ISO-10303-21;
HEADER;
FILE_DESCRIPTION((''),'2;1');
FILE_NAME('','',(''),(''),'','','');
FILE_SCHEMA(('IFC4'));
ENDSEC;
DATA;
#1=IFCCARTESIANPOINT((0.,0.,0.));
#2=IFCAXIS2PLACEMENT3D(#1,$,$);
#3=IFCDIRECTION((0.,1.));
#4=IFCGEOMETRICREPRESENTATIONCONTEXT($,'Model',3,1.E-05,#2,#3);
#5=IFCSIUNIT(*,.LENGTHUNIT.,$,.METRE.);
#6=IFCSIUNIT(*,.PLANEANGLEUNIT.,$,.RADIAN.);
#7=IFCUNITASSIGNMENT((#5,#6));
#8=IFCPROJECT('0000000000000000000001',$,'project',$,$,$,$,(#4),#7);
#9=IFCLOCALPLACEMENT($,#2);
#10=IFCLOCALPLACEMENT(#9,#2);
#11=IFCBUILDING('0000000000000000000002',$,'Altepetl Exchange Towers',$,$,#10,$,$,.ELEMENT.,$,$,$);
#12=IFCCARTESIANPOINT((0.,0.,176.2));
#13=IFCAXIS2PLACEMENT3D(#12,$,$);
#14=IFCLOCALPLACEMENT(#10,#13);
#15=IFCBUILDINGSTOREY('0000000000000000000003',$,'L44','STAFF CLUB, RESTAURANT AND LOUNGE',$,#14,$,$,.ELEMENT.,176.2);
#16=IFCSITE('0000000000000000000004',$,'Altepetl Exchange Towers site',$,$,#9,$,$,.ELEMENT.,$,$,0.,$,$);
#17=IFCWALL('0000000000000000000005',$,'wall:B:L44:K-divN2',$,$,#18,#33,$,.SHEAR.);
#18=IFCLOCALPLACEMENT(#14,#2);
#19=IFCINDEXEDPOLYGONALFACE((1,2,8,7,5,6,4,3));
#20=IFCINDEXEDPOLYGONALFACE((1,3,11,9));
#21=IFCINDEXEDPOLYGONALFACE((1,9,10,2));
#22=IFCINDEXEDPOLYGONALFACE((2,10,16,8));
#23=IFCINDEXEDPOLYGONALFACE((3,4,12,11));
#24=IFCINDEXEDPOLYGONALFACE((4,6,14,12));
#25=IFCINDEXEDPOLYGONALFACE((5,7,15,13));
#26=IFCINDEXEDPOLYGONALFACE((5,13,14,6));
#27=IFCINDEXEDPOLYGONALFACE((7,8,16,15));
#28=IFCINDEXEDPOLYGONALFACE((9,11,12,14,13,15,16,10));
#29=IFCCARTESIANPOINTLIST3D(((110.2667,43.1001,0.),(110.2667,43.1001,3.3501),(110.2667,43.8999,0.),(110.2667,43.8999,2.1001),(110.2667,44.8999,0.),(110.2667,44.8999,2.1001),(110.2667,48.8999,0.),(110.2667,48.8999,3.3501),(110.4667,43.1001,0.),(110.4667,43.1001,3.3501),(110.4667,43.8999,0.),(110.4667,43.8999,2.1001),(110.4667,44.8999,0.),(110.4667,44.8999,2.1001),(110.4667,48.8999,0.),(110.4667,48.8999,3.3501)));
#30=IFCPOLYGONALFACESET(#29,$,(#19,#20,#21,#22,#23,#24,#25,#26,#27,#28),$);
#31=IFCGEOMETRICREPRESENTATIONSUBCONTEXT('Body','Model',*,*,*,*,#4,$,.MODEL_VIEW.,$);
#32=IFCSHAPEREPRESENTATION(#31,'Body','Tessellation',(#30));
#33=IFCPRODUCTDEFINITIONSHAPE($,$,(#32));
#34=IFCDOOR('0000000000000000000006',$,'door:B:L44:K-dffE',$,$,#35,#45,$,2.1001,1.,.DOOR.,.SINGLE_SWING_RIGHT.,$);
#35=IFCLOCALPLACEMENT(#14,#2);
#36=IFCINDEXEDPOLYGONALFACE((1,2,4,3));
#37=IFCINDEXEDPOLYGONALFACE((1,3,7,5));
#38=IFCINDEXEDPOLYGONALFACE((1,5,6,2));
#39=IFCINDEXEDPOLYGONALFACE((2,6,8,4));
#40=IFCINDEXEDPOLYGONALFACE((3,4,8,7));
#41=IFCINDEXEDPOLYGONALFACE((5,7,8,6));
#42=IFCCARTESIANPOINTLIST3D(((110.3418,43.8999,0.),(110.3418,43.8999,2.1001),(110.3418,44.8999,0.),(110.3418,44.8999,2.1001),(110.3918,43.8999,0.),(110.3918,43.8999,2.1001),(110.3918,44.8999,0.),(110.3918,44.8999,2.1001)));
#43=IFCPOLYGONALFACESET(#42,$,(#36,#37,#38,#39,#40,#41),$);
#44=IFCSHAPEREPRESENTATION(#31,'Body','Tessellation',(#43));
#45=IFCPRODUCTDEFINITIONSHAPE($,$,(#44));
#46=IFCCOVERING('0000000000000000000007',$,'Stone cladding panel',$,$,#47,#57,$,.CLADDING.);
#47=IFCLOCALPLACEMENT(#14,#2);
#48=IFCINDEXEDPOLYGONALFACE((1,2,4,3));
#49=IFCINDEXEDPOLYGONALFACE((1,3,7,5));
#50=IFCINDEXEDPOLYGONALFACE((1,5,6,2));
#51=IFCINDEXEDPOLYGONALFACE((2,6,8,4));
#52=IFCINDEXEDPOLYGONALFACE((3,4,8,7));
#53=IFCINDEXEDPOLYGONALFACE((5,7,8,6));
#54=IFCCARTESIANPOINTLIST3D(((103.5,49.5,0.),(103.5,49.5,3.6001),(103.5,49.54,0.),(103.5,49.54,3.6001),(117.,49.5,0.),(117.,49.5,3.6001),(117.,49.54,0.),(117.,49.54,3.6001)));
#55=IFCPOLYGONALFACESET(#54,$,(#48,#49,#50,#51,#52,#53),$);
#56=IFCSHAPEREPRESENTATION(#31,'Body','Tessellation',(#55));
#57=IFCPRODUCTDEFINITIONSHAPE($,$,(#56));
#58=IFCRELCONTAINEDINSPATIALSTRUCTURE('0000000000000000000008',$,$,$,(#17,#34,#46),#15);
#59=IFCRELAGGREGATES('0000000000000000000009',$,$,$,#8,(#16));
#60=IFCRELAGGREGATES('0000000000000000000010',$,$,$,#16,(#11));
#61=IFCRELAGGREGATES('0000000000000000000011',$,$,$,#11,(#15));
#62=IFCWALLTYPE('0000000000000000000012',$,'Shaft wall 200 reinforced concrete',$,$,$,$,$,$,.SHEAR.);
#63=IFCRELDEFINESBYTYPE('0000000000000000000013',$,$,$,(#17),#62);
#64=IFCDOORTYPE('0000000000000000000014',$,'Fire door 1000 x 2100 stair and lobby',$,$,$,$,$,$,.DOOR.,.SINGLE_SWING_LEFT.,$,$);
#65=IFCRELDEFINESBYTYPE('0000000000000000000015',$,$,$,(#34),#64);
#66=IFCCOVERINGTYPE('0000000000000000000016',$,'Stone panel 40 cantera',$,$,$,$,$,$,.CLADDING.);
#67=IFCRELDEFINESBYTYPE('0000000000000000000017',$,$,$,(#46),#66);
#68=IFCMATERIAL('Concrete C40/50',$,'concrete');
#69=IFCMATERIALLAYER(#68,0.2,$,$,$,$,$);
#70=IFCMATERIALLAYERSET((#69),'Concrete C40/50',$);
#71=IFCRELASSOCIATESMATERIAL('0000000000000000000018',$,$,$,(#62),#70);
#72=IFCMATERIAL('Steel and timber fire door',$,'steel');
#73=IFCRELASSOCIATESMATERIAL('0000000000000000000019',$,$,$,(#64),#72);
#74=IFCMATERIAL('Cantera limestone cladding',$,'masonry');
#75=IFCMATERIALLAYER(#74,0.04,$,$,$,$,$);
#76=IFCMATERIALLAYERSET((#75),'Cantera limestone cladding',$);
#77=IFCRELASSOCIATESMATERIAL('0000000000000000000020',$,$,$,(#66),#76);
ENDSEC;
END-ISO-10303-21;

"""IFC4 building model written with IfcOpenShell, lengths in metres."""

from ifc_helpers import new_model, si_unit, direction, frame, frame_2d, origin, origin_2d, place, context, subcontext, project, spatial, rectangle, extrude, material, layer, layer_set, type_object, element, fill, save


model = new_model("IFC4")

# Units and contexts
model_context = context("Model", 3, precision=1e-05, world=origin(), true_north=direction((0.0, 1.0)))
body_context = subcontext(model_context, "Body", "Model", "MODEL_VIEW")
ifc_project = project(units=[si_unit("LENGTHUNIT", "METRE"), si_unit("PLANEANGLEUNIT", "RADIAN")], contexts=[model_context])

# Site, building, storey
site_placement = place(None, origin())
site = spatial("IfcSite", under=ifc_project, at=site_placement, Name="Altepetl Exchange Towers site", CompositionType="ELEMENT", RefElevation=0.0)
building_placement = place(site_placement, origin())
building = spatial("IfcBuilding", under=site, at=building_placement, Name="Altepetl Exchange Towers", CompositionType="ELEMENT")
storey_placement = place(building_placement, frame((0.0, 0.0, 176.2)))
storey = spatial("IfcBuildingStorey", under=building, at=storey_placement, Name="L44", Description="STAFF CLUB, RESTAURANT AND LOUNGE", CompositionType="ELEMENT", Elevation=176.2)

# Shared definitions
ifc_material_1 = material(Name="Concrete C40/50", Category="concrete")
ifc_layer_1 = layer(ifc_material_1, 0.2)
ifc_layer_set_1 = layer_set([ifc_layer_1], Name="Concrete C40/50")
wall_type_1 = type_object("IfcWallType", Name="Shaft wall 200 reinforced concrete", PredefinedType="SHEAR", material=ifc_layer_set_1)

# Wall, opening, door
wall_1_placement = place(storey_placement, frame((110.3667, 48.8999, 0.0), z_axis=(0.0, 0.0, 1.0), x_axis=(0.0, -1.0, 0.0)))
wall_1 = element("IfcWall", 1, at=wall_1_placement, inside=storey, type_object=wall_type_1, Name="wall:B:L44:K-divN2", PredefinedType="SHEAR", context=body_context, shape_type="SweptSolid", body=[
    extrude(rectangle(XDim=5.7998, YDim=0.2, at=frame_2d((2.8999, 0.0))), origin(), (0.0, 0.0, 1.0), 3.3501),
])
opening_placement = place(wall_1_placement, frame((4.0, 0.0, 0.0)))
opening = element("IfcOpeningElement", 2, at=opening_placement, cuts=wall_1, PredefinedType="OPENING", context=body_context, shape_type="SweptSolid", body=[
    extrude(rectangle(XDim=1.0, YDim=2.1001, at=frame_2d((0.5, 1.05))), frame((0.0, 0.1099, 0.0), z_axis=(0.0, -1.0, 0.0), x_axis=(1.0, 0.0, 0.0)), (0.0, 0.0, 1.0), 0.22),
])
ifc_material_2 = material(Name="Steel and timber fire door", Category="steel")
door_type = type_object("IfcDoorType", Name="Fire door 1000 x 2100 stair and lobby", OperationType="SINGLE_SWING_LEFT", PredefinedType="DOOR", material=ifc_material_2)
door_placement = place(opening_placement, frame((1.0, 0.0, 0.0), x_axis=(-1.0, 0.0, 0.0)))
door = element("IfcDoor", 3, at=door_placement, inside=storey, type_object=door_type, Name="door:B:L44:K-dffE", OperationType="SINGLE_SWING_RIGHT", OverallHeight=2.1001, OverallWidth=1.0, PredefinedType="DOOR", context=body_context, shape_type="SweptSolid", body=[
    extrude(rectangle(XDim=1.0, YDim=2.1001, at=frame_2d((0.5, 1.05))), frame((0.0, 0.0249, 0.0), z_axis=(0.0, -1.0, 0.0), x_axis=(1.0, 0.0, 0.0)), (0.0, 0.0, 1.0), 0.05),
])
fill(opening, door)

# Covering
ifc_material_3 = material(Name="Cantera limestone cladding", Category="masonry")
ifc_layer_2 = layer(ifc_material_3, 0.04)
ifc_layer_set_2 = layer_set([ifc_layer_2], Name="Cantera limestone cladding")
covering_type = type_object("IfcCoveringType", Name="Stone panel 40 cantera", PredefinedType="CLADDING", material=ifc_layer_set_2)
covering_placement = place(storey_placement, frame((110.25, 49.52, 0.0), z_axis=(0.0, 0.0, 1.0), x_axis=(-1.0, 0.0, 0.0)))
element("IfcCovering", 4, at=covering_placement, inside=storey, type_object=covering_type, Name="Stone cladding panel", PredefinedType="CLADDING", context=body_context, shape_type="SweptSolid", body=[
    extrude(rectangle(XDim=13.5, YDim=0.04, at=origin_2d()), origin(), (0.0, 0.0, 1.0), 3.6001),
])

save(model, "model.ifc")
